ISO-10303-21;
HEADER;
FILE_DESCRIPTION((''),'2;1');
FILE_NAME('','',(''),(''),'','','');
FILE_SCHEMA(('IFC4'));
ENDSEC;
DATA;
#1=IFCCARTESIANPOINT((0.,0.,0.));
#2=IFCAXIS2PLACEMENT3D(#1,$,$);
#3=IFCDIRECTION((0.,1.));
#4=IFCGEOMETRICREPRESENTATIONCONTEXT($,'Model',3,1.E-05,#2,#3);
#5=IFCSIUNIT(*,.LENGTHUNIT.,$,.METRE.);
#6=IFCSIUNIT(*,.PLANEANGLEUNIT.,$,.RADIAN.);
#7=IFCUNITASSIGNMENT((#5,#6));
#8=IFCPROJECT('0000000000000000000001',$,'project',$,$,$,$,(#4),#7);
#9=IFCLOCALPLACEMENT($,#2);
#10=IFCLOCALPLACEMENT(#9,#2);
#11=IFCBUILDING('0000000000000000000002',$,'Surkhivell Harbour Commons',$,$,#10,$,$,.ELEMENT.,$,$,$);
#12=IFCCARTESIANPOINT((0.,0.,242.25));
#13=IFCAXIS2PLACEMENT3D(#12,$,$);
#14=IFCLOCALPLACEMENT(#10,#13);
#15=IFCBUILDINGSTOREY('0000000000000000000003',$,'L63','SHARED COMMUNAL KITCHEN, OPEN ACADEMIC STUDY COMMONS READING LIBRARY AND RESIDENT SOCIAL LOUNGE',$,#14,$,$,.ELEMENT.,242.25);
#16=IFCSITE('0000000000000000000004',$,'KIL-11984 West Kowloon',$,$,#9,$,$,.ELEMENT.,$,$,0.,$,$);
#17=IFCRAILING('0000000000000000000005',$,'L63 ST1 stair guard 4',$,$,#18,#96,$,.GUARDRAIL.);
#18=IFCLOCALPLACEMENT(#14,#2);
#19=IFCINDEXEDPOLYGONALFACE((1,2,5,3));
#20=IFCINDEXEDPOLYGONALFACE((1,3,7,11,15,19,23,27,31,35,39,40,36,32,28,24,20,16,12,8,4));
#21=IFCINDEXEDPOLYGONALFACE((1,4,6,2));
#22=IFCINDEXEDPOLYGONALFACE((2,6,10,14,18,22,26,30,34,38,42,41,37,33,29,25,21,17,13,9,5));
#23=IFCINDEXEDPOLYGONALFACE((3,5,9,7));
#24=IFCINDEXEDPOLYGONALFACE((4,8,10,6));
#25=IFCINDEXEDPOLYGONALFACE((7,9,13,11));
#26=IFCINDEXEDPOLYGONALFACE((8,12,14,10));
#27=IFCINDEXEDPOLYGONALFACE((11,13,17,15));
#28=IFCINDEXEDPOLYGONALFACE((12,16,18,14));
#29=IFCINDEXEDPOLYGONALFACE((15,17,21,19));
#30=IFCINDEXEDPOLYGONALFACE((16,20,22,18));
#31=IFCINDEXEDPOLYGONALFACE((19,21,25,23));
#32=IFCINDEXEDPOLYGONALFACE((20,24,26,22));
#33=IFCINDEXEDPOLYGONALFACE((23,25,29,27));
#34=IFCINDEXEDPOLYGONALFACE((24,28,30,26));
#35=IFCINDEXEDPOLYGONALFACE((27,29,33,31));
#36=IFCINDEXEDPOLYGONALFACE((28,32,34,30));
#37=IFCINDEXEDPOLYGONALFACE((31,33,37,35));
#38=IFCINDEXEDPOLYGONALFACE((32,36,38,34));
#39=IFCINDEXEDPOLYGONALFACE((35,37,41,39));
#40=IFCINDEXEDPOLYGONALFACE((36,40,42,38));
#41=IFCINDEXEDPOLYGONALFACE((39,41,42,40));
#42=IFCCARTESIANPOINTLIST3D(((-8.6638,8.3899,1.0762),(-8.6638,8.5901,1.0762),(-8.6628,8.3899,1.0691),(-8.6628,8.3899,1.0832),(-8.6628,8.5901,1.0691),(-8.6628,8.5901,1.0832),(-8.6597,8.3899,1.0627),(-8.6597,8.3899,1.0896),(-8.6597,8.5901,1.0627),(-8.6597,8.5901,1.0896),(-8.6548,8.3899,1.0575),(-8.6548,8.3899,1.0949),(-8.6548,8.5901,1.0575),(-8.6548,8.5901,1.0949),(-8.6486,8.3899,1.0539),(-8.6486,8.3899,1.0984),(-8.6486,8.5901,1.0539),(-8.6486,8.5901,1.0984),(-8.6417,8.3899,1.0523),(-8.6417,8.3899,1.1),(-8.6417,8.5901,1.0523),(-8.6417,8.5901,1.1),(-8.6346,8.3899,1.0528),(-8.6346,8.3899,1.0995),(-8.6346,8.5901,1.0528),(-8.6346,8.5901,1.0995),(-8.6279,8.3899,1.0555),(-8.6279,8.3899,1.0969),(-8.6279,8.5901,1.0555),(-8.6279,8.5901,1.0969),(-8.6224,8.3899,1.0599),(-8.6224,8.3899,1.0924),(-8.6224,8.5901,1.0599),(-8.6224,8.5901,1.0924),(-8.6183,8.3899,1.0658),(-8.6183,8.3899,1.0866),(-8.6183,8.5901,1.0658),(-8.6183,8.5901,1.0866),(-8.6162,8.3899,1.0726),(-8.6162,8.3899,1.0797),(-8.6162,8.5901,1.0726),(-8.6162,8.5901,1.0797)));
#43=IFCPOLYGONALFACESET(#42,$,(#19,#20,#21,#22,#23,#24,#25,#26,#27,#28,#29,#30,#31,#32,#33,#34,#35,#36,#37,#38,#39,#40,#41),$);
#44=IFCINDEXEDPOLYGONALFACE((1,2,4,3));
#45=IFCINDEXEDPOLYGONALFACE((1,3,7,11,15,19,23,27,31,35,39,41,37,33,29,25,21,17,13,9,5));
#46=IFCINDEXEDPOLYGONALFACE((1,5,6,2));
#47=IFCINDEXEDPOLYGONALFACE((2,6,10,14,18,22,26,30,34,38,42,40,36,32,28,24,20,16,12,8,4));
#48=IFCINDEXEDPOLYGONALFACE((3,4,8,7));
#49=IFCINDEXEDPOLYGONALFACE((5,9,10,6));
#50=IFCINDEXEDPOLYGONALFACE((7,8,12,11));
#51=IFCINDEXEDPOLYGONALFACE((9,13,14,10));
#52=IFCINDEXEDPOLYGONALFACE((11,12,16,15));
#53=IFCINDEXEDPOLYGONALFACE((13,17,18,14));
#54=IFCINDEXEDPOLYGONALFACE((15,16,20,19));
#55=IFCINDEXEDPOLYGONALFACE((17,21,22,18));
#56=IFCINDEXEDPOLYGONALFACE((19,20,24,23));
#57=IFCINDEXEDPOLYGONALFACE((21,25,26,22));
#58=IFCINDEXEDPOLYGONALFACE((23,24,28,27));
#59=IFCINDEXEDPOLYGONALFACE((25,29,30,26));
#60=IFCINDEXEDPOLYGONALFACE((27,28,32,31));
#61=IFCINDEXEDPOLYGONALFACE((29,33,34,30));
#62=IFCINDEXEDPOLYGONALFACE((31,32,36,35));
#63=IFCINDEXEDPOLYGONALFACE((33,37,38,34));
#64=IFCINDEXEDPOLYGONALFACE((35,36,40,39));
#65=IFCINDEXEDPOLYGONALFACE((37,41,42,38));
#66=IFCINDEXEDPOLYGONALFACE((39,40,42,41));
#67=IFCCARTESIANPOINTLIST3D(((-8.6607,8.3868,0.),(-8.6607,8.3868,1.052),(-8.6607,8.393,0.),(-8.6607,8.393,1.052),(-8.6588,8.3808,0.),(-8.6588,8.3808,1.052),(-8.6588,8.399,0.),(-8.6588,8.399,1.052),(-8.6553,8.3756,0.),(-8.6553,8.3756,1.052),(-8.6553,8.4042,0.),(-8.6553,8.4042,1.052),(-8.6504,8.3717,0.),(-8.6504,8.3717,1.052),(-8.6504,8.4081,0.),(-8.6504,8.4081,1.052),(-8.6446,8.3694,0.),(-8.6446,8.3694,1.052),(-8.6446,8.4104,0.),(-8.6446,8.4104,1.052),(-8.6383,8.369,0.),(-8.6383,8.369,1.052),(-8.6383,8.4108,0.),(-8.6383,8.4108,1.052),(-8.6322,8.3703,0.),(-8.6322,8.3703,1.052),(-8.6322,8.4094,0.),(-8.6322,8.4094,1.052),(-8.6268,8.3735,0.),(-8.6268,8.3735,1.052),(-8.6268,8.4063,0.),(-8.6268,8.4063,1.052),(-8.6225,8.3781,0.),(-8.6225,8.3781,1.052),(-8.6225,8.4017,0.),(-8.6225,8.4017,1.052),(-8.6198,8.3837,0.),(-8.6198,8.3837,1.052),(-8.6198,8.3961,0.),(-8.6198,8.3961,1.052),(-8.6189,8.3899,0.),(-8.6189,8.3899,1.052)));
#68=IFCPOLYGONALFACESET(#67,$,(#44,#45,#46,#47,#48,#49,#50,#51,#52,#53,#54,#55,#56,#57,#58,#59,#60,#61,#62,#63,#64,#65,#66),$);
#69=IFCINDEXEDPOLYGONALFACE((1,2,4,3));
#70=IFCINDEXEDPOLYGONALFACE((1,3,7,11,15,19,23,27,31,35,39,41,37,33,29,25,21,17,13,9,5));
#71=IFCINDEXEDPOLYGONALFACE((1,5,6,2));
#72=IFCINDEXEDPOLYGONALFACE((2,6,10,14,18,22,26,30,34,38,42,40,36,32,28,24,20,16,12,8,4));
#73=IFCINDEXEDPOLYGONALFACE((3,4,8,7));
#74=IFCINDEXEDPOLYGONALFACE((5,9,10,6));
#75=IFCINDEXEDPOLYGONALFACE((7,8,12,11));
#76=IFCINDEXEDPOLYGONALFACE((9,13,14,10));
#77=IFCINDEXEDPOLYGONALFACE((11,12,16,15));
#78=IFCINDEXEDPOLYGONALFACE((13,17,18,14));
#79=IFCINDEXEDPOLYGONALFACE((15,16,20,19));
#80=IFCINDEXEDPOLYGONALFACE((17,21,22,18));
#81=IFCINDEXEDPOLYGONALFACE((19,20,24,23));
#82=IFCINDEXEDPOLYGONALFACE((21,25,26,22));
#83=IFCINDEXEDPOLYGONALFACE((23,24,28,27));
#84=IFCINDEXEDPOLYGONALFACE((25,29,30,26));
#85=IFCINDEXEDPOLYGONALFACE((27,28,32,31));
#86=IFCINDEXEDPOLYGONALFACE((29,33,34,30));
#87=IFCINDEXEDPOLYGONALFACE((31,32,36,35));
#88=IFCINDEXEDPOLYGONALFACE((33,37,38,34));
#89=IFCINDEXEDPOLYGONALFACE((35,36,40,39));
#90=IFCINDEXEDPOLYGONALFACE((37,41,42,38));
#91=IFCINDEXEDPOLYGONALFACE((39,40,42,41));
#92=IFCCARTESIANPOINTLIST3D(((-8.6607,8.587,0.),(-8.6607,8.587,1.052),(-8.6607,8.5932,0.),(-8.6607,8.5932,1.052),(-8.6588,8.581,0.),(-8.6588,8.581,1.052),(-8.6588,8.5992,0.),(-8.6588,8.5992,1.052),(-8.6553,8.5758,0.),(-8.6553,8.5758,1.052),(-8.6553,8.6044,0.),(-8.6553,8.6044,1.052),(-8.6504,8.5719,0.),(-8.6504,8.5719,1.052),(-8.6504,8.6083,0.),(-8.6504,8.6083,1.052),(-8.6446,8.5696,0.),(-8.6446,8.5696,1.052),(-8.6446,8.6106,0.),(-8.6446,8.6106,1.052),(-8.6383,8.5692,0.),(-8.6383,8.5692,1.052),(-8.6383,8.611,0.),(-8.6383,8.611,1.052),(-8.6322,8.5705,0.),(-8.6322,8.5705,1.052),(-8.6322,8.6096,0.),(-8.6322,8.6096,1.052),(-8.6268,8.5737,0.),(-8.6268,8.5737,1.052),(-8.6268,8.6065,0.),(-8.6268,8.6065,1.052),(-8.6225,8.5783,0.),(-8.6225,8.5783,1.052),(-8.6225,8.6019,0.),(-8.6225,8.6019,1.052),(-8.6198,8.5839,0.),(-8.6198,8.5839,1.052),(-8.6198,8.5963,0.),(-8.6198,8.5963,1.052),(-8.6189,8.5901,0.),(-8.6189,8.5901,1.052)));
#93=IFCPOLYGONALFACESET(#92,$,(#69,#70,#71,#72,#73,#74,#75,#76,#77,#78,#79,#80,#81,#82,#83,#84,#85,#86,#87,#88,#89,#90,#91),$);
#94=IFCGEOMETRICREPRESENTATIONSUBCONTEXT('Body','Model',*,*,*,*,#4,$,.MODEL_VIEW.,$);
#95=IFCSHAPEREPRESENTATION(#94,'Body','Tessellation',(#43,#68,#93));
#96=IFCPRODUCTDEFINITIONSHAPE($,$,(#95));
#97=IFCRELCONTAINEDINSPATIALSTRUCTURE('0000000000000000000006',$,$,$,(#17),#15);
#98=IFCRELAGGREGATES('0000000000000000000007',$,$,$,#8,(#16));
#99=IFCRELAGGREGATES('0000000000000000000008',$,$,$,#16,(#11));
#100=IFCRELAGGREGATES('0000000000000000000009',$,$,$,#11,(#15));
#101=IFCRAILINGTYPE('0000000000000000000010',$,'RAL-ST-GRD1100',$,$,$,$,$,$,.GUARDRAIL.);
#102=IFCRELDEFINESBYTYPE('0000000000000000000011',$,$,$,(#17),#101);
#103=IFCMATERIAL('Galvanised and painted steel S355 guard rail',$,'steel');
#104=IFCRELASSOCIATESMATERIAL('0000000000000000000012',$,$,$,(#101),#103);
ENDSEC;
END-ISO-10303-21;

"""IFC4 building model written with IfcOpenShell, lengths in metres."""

from ifc_helpers import new_model, si_unit, direction, frame, origin, origin_2d, place, context, subcontext, project, spatial, circle, extrude, material, type_object, element, save


model = new_model("IFC4")

# Units and contexts
model_context = context("Model", 3, precision=1e-05, world=origin(), true_north=direction((0.0, 1.0)))
body_context = subcontext(model_context, "Body", "Model", "MODEL_VIEW")
ifc_project = project(units=[si_unit("LENGTHUNIT", "METRE"), si_unit("PLANEANGLEUNIT", "RADIAN")], contexts=[model_context])

# Site, building, storey
site_placement = place(None, origin())
site = spatial("IfcSite", under=ifc_project, at=site_placement, Name="KIL-11984 West Kowloon", CompositionType="ELEMENT", RefElevation=0.0)
building_placement = place(site_placement, origin())
building = spatial("IfcBuilding", under=site, at=building_placement, Name="Surkhivell Harbour Commons", CompositionType="ELEMENT")
storey_placement = place(building_placement, frame((0.0, 0.0, 242.25)))
storey = spatial("IfcBuildingStorey", under=building, at=storey_placement, Name="L63", Description="SHARED COMMUNAL KITCHEN, OPEN ACADEMIC STUDY COMMONS READING LIBRARY AND RESIDENT SOCIAL LOUNGE", CompositionType="ELEMENT", Elevation=242.25)

# Railing
ifc_material_1 = material(Name="Galvanised and painted steel S355 guard rail", Category="steel")
railing_type_1 = type_object("IfcRailingType", Name="RAL-ST-GRD1100", PredefinedType="GUARDRAIL", material=ifc_material_1)
railing_1_placement = place(storey_placement, frame((-8.6399, 8.3899, 0.0)))
element("IfcRailing", 1, at=railing_1_placement, inside=storey, type_object=railing_type_1, Name="L63 ST1 stair guard 4", PredefinedType="GUARDRAIL", context=body_context, shape_type="SweptSolid", body=[
    extrude(circle(Radius=0.0239, at=origin_2d()), frame((0.0, 0.0, 1.0762), z_axis=(0.0, 1.0, 0.0), x_axis=(-1.0, 0.0, 0.0)), (0.0, 0.0, 1.0), 0.2002),
    extrude(circle(Radius=0.021, at=origin_2d()), origin(), (0.0, 0.0, 1.0), 1.052),
    extrude(circle(Radius=0.021, at=origin_2d()), frame((0.0, 0.2002, 0.0)), (0.0, 0.0, 1.0), 1.052),
])

save(model, "model.ifc")
